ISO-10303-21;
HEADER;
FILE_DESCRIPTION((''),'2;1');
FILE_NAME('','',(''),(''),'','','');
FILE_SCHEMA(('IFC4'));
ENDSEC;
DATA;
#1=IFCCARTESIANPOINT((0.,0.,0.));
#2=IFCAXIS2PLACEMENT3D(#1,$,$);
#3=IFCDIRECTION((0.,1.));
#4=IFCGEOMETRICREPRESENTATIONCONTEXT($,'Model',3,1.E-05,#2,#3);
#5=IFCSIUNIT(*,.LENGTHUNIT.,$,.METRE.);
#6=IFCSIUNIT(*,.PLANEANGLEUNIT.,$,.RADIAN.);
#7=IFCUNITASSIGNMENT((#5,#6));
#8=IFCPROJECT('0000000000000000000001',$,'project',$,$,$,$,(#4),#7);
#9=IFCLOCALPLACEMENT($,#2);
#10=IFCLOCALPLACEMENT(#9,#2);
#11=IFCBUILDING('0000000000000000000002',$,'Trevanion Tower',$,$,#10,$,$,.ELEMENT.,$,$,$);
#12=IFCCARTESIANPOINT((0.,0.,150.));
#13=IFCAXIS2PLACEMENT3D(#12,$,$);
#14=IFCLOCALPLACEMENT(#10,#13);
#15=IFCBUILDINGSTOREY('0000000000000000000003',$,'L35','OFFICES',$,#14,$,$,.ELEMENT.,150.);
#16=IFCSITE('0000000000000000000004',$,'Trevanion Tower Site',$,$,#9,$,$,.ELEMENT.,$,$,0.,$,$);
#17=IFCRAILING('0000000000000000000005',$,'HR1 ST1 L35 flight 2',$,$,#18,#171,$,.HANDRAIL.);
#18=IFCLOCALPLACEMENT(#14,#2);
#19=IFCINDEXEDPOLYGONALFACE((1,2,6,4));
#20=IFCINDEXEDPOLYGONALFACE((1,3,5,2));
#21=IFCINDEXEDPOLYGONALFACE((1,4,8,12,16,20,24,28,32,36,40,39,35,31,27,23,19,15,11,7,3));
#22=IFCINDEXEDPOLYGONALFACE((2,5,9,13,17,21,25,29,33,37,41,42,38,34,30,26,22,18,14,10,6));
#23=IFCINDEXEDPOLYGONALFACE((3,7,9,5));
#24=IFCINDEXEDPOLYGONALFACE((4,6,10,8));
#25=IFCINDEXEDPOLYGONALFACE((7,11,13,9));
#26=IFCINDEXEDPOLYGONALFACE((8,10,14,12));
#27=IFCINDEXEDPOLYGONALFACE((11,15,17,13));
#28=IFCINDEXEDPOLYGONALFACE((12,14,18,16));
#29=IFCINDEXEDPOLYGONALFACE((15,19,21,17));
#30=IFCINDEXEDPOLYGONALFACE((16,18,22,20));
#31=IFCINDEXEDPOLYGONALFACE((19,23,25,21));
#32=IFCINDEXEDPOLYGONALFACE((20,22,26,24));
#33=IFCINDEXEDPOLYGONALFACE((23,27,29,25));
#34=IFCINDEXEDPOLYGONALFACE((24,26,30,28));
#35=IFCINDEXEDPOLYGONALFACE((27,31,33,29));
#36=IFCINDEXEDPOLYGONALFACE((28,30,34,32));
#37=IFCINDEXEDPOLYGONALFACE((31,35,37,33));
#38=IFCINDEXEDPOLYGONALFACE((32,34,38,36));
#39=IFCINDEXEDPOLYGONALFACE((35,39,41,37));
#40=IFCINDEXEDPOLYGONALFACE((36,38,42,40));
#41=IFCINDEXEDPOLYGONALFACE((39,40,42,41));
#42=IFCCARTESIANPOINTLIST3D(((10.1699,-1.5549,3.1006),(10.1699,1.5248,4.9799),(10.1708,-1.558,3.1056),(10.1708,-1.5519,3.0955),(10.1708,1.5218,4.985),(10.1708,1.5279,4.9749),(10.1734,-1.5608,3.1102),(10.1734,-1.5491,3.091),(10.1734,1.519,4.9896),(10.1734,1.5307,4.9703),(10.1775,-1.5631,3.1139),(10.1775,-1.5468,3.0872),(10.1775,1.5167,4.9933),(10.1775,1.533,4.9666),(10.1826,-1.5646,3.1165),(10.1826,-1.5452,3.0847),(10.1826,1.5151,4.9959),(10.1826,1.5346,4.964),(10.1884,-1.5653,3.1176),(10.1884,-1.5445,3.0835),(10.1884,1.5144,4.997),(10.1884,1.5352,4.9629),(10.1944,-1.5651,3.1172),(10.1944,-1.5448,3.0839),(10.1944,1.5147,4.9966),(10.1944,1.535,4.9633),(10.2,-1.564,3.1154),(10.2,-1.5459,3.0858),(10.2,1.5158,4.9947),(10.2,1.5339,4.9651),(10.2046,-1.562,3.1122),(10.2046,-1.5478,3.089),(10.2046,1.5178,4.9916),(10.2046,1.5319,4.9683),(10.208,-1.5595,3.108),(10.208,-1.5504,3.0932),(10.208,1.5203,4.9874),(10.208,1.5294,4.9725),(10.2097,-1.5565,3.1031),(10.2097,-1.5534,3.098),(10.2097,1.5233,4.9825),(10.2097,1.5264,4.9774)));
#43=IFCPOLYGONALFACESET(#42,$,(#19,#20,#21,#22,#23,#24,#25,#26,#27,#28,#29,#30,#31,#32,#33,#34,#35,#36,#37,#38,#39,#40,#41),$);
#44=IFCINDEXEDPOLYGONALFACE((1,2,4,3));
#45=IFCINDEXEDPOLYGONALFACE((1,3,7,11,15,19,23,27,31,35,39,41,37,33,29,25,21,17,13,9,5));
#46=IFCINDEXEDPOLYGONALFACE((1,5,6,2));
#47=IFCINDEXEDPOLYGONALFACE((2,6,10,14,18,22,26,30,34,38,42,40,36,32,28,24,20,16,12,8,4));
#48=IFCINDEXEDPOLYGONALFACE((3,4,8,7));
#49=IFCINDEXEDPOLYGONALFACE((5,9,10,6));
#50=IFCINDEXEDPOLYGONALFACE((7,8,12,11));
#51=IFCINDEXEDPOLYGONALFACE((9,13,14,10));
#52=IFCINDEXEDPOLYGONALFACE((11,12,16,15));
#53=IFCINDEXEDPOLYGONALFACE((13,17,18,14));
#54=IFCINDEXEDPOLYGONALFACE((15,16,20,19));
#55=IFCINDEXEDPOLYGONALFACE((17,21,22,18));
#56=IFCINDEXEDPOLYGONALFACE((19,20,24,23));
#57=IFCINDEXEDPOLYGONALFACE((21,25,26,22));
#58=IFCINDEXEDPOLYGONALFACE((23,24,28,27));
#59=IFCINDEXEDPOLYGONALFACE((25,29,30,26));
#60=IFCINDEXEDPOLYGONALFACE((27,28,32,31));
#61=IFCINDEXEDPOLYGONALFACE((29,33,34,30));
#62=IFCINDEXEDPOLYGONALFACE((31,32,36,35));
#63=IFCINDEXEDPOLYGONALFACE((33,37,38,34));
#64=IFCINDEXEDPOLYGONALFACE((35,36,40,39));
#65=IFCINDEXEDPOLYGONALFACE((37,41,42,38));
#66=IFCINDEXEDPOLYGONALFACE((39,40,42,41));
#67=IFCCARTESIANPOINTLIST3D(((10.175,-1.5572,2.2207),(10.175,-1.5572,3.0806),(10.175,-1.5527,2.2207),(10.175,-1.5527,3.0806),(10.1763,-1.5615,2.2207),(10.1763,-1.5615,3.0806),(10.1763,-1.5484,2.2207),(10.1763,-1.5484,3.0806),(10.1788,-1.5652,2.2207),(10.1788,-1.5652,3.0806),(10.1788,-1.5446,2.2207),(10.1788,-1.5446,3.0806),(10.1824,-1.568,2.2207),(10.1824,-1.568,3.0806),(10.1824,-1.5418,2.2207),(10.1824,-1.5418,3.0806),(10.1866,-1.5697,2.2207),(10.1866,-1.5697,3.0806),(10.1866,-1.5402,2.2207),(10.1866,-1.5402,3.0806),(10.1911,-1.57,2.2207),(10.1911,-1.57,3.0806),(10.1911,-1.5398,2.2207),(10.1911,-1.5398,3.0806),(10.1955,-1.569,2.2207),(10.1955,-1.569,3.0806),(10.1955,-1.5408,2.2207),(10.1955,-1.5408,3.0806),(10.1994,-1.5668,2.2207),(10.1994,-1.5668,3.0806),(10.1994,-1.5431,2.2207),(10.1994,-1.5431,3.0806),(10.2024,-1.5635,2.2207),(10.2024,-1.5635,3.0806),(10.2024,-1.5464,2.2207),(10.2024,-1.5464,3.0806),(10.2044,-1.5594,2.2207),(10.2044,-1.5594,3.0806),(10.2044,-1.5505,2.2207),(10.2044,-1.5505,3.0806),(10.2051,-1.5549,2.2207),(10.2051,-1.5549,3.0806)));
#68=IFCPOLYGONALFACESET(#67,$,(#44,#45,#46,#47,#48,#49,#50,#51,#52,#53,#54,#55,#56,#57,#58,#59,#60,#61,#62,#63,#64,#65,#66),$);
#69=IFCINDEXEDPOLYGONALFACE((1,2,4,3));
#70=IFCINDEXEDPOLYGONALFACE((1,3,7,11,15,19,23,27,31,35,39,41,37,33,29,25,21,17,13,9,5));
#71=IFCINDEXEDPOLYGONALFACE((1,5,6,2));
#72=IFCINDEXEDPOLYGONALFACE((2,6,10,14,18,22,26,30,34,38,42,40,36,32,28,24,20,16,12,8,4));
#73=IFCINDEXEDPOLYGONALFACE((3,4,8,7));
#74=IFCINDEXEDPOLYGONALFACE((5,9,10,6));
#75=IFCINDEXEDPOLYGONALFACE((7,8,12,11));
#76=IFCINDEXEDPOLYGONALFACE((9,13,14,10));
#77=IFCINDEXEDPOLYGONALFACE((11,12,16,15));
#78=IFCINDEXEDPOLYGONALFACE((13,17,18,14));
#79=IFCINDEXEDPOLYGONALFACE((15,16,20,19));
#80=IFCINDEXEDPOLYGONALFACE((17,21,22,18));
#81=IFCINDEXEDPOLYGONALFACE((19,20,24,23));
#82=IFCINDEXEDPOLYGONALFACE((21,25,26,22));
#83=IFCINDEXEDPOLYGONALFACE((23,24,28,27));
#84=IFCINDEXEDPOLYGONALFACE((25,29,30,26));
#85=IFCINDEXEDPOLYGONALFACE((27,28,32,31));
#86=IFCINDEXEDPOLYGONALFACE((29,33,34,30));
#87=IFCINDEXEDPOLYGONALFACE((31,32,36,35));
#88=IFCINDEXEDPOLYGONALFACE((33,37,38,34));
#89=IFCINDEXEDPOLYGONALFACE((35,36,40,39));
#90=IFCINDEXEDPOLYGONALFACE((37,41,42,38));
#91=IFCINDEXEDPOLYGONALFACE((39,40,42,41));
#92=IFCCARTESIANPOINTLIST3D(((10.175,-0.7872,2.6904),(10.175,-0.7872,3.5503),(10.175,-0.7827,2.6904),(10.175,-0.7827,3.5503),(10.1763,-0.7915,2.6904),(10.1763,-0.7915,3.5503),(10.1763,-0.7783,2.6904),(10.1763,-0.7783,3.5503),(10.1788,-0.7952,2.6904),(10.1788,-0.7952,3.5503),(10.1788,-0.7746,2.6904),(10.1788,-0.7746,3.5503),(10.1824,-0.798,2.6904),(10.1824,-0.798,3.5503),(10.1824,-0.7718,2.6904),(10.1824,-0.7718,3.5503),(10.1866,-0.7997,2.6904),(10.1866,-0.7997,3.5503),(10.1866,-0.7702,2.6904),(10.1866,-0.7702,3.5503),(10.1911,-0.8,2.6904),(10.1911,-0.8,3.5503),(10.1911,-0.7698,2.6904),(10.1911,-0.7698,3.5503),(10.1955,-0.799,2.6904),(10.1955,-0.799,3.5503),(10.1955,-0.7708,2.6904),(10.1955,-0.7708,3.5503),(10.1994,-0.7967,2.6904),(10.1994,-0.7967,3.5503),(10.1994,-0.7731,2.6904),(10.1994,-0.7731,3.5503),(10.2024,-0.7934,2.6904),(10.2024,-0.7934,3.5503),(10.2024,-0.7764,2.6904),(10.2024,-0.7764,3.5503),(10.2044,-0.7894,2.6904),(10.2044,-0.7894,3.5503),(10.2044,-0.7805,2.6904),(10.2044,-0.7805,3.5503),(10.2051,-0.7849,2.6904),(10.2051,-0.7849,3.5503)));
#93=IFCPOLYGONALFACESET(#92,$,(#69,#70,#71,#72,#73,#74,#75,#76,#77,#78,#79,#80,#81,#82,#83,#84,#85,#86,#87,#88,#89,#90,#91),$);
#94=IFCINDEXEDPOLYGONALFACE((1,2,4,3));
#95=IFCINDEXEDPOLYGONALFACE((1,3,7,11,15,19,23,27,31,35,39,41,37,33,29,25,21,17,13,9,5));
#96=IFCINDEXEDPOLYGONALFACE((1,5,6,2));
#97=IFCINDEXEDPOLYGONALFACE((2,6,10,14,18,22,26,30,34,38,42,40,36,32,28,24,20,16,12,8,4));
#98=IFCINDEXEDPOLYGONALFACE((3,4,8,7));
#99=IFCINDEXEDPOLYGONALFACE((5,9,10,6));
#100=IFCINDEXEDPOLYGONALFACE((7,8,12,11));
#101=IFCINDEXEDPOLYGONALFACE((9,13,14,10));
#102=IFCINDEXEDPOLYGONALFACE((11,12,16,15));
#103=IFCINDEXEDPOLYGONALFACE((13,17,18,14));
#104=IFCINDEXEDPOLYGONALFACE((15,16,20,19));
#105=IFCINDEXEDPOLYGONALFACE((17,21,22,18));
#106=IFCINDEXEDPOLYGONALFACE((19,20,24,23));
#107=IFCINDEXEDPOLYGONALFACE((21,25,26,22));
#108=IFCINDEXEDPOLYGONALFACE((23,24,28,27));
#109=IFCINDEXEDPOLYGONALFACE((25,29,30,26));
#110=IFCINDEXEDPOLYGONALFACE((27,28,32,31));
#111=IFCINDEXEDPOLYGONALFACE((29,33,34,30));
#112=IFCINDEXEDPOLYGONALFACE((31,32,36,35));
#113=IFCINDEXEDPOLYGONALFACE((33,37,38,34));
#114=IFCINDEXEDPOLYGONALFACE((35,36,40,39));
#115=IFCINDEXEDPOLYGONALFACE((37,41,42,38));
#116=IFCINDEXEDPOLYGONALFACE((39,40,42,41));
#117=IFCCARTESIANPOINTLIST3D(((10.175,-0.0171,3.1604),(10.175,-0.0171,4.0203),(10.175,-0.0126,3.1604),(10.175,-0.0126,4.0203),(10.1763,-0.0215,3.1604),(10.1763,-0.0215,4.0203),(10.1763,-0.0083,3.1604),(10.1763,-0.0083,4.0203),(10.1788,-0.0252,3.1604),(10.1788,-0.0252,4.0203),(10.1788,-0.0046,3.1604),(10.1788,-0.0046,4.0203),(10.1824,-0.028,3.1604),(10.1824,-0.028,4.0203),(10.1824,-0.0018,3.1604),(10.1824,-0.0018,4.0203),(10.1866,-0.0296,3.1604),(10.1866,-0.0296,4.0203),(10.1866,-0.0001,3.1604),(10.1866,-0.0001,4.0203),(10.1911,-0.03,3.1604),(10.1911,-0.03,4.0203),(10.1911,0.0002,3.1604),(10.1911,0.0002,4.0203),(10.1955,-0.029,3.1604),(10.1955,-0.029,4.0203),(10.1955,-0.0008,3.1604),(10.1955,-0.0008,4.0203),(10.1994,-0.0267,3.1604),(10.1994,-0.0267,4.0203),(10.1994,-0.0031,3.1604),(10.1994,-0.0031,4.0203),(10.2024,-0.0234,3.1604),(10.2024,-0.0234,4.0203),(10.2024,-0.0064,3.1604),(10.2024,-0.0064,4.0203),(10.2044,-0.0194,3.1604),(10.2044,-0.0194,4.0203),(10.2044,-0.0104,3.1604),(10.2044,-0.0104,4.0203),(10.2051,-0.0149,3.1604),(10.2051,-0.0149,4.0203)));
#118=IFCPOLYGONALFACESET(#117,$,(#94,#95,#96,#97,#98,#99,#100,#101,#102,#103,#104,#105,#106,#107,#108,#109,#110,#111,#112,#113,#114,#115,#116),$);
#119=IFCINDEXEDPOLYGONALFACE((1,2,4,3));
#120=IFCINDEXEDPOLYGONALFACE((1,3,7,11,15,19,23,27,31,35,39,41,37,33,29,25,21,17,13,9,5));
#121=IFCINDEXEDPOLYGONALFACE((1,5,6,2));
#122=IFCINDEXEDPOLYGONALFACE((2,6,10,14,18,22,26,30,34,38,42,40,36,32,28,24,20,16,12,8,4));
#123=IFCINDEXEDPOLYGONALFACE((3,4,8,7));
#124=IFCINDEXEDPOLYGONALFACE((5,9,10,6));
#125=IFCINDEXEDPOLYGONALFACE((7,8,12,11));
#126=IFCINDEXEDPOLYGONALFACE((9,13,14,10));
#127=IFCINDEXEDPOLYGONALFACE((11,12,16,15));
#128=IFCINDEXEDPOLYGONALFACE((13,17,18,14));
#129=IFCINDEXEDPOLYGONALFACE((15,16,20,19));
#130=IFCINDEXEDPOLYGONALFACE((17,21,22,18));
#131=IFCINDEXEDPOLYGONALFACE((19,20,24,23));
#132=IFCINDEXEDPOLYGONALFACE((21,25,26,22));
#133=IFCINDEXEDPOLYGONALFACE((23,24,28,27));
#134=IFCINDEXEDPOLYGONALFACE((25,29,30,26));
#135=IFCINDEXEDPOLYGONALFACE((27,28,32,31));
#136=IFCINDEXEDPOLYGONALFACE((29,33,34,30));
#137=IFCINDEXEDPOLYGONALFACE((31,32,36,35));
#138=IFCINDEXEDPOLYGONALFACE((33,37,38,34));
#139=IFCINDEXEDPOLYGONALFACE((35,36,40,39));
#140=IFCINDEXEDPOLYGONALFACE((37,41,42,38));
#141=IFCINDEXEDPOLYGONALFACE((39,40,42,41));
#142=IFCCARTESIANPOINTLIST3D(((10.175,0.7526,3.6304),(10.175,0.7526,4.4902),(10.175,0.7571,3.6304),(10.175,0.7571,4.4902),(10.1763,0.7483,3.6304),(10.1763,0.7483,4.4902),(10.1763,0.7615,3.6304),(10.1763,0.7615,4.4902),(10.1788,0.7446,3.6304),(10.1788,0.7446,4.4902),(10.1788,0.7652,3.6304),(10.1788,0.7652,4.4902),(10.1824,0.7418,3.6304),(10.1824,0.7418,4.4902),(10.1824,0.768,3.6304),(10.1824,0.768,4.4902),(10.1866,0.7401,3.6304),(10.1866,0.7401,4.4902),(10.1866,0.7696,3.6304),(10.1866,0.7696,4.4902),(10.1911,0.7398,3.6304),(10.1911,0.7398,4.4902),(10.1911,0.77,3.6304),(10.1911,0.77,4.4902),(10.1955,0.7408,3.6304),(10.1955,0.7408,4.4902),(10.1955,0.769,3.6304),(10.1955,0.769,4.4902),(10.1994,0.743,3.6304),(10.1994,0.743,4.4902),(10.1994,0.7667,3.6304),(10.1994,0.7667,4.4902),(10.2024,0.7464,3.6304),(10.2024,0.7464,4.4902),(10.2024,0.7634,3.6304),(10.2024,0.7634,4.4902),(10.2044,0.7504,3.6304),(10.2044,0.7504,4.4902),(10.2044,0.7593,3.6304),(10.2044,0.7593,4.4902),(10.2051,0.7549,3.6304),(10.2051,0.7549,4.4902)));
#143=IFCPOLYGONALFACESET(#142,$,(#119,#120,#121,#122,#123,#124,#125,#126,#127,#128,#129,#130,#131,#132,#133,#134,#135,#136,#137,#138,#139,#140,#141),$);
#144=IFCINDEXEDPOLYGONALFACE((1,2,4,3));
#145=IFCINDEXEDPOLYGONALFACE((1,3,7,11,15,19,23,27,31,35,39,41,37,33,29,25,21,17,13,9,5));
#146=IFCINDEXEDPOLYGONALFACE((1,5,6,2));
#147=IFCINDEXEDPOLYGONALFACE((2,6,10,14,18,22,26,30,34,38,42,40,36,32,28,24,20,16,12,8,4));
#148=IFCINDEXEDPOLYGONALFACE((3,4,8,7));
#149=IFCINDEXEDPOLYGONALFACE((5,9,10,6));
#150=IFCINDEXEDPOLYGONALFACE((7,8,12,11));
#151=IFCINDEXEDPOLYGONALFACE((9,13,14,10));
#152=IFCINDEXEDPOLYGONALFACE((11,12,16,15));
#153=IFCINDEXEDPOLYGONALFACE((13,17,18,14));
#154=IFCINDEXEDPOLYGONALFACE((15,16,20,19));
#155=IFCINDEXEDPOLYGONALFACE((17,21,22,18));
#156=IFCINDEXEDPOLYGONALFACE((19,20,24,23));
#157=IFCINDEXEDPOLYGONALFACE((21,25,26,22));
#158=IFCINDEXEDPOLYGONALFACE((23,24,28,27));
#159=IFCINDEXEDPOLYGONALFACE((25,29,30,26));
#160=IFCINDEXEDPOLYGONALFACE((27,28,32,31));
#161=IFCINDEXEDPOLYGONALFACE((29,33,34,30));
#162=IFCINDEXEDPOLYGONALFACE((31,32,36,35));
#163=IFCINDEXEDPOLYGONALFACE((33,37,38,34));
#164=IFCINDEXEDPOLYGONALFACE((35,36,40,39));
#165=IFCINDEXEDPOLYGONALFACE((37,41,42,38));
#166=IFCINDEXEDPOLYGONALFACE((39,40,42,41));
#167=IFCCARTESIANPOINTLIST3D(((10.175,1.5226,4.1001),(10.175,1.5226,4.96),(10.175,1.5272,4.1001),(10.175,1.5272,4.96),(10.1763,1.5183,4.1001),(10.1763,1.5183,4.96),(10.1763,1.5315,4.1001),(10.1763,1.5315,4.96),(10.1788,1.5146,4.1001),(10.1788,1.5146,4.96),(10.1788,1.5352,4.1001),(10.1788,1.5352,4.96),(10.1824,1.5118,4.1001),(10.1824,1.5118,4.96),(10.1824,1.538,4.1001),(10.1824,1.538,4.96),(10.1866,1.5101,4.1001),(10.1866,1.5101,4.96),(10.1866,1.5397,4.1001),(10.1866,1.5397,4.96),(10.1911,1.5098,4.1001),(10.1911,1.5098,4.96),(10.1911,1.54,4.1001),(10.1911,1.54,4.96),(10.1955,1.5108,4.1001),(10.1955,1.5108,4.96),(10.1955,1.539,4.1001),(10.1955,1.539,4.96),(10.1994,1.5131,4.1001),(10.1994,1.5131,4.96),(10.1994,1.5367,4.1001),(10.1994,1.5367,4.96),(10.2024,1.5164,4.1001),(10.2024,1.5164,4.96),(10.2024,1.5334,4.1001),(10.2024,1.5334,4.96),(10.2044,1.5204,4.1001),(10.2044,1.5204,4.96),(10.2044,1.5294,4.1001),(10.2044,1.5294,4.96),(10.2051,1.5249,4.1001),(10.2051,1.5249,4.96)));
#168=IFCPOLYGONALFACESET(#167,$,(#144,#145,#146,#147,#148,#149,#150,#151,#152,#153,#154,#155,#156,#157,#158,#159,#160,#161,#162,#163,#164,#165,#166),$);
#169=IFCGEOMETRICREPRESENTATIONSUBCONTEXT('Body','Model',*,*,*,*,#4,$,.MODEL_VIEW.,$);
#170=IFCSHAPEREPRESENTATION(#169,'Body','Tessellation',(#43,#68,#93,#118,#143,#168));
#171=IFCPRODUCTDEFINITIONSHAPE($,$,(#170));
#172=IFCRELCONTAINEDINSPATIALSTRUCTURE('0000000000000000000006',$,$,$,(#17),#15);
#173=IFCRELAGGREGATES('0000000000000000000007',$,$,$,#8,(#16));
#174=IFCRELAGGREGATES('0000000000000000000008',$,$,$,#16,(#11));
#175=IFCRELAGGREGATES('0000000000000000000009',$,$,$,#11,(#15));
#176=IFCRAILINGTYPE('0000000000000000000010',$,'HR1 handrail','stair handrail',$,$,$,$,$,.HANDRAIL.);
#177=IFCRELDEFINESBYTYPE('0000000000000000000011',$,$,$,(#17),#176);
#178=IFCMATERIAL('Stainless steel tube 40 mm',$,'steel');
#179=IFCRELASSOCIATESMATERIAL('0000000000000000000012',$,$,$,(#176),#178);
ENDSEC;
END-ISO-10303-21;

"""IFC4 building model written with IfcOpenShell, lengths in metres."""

from ifc_helpers import new_model, si_unit, direction, frame, origin, origin_2d, place, context, subcontext, project, spatial, circle, extrude, material, type_object, element, save


model = new_model("IFC4")

# Units and contexts
model_context = context("Model", 3, precision=1e-05, world=origin(), true_north=direction((0.0, 1.0)))
body_context = subcontext(model_context, "Body", "Model", "MODEL_VIEW")
ifc_project = project(units=[si_unit("LENGTHUNIT", "METRE"), si_unit("PLANEANGLEUNIT", "RADIAN")], contexts=[model_context])

# Site, building, storey
site_placement = place(None, origin())
site = spatial("IfcSite", under=ifc_project, at=site_placement, Name="Trevanion Tower Site", CompositionType="ELEMENT", RefElevation=0.0)
building_placement = place(site_placement, origin())
building = spatial("IfcBuilding", under=site, at=building_placement, Name="Trevanion Tower", CompositionType="ELEMENT")
storey_placement = place(building_placement, frame((0.0, 0.0, 150.0)))
storey = spatial("IfcBuildingStorey", under=building, at=storey_placement, Name="L35", Description="OFFICES", CompositionType="ELEMENT", Elevation=150.0)

# Railing
ifc_material_1 = material(Name="Stainless steel tube 40 mm", Category="steel")
railing_type = type_object("IfcRailingType", Name="HR1 handrail", Description="stair handrail", PredefinedType="HANDRAIL", material=ifc_material_1)
for number, where, name in (
    (1, (10.1899, -1.5549, 2.2207), "HR1 ST1 L35 flight 2"),
):
    element("IfcRailing", number, at=place(storey_placement, frame(where)), inside=storey, type_object=railing_type, Name=name, PredefinedType="HANDRAIL", context=body_context, shape_type="SweptSolid", body=[
        extrude(circle(Radius=0.02, at=origin_2d()), frame((0.0, 0.0, 0.8799), z_axis=(0.0, 0.853618, 0.5209), x_axis=(-1.0, 0.0, 0.0)), (0.0, 0.0, 1.0), 3.6079),
        extrude(circle(Radius=0.0151, at=origin_2d()), origin(), (0.0, 0.0, 1.0), 0.8599),
        extrude(circle(Radius=0.0151, at=origin_2d()), frame((0.0, 0.77, 0.4697)), (0.0, 0.0, 1.0), 0.8599),
        extrude(circle(Radius=0.0151, at=origin_2d()), frame((0.0, 1.54, 0.9397)), (0.0, 0.0, 1.0), 0.8599),
        extrude(circle(Radius=0.0151, at=origin_2d()), frame((0.0, 2.3098, 1.4097)), (0.0, 0.0, 1.0), 0.8599),
        extrude(circle(Radius=0.0151, at=origin_2d()), frame((0.0, 3.0798, 1.8794)), (0.0, 0.0, 1.0), 0.8599),
    ])

save(model, "model.ifc")
